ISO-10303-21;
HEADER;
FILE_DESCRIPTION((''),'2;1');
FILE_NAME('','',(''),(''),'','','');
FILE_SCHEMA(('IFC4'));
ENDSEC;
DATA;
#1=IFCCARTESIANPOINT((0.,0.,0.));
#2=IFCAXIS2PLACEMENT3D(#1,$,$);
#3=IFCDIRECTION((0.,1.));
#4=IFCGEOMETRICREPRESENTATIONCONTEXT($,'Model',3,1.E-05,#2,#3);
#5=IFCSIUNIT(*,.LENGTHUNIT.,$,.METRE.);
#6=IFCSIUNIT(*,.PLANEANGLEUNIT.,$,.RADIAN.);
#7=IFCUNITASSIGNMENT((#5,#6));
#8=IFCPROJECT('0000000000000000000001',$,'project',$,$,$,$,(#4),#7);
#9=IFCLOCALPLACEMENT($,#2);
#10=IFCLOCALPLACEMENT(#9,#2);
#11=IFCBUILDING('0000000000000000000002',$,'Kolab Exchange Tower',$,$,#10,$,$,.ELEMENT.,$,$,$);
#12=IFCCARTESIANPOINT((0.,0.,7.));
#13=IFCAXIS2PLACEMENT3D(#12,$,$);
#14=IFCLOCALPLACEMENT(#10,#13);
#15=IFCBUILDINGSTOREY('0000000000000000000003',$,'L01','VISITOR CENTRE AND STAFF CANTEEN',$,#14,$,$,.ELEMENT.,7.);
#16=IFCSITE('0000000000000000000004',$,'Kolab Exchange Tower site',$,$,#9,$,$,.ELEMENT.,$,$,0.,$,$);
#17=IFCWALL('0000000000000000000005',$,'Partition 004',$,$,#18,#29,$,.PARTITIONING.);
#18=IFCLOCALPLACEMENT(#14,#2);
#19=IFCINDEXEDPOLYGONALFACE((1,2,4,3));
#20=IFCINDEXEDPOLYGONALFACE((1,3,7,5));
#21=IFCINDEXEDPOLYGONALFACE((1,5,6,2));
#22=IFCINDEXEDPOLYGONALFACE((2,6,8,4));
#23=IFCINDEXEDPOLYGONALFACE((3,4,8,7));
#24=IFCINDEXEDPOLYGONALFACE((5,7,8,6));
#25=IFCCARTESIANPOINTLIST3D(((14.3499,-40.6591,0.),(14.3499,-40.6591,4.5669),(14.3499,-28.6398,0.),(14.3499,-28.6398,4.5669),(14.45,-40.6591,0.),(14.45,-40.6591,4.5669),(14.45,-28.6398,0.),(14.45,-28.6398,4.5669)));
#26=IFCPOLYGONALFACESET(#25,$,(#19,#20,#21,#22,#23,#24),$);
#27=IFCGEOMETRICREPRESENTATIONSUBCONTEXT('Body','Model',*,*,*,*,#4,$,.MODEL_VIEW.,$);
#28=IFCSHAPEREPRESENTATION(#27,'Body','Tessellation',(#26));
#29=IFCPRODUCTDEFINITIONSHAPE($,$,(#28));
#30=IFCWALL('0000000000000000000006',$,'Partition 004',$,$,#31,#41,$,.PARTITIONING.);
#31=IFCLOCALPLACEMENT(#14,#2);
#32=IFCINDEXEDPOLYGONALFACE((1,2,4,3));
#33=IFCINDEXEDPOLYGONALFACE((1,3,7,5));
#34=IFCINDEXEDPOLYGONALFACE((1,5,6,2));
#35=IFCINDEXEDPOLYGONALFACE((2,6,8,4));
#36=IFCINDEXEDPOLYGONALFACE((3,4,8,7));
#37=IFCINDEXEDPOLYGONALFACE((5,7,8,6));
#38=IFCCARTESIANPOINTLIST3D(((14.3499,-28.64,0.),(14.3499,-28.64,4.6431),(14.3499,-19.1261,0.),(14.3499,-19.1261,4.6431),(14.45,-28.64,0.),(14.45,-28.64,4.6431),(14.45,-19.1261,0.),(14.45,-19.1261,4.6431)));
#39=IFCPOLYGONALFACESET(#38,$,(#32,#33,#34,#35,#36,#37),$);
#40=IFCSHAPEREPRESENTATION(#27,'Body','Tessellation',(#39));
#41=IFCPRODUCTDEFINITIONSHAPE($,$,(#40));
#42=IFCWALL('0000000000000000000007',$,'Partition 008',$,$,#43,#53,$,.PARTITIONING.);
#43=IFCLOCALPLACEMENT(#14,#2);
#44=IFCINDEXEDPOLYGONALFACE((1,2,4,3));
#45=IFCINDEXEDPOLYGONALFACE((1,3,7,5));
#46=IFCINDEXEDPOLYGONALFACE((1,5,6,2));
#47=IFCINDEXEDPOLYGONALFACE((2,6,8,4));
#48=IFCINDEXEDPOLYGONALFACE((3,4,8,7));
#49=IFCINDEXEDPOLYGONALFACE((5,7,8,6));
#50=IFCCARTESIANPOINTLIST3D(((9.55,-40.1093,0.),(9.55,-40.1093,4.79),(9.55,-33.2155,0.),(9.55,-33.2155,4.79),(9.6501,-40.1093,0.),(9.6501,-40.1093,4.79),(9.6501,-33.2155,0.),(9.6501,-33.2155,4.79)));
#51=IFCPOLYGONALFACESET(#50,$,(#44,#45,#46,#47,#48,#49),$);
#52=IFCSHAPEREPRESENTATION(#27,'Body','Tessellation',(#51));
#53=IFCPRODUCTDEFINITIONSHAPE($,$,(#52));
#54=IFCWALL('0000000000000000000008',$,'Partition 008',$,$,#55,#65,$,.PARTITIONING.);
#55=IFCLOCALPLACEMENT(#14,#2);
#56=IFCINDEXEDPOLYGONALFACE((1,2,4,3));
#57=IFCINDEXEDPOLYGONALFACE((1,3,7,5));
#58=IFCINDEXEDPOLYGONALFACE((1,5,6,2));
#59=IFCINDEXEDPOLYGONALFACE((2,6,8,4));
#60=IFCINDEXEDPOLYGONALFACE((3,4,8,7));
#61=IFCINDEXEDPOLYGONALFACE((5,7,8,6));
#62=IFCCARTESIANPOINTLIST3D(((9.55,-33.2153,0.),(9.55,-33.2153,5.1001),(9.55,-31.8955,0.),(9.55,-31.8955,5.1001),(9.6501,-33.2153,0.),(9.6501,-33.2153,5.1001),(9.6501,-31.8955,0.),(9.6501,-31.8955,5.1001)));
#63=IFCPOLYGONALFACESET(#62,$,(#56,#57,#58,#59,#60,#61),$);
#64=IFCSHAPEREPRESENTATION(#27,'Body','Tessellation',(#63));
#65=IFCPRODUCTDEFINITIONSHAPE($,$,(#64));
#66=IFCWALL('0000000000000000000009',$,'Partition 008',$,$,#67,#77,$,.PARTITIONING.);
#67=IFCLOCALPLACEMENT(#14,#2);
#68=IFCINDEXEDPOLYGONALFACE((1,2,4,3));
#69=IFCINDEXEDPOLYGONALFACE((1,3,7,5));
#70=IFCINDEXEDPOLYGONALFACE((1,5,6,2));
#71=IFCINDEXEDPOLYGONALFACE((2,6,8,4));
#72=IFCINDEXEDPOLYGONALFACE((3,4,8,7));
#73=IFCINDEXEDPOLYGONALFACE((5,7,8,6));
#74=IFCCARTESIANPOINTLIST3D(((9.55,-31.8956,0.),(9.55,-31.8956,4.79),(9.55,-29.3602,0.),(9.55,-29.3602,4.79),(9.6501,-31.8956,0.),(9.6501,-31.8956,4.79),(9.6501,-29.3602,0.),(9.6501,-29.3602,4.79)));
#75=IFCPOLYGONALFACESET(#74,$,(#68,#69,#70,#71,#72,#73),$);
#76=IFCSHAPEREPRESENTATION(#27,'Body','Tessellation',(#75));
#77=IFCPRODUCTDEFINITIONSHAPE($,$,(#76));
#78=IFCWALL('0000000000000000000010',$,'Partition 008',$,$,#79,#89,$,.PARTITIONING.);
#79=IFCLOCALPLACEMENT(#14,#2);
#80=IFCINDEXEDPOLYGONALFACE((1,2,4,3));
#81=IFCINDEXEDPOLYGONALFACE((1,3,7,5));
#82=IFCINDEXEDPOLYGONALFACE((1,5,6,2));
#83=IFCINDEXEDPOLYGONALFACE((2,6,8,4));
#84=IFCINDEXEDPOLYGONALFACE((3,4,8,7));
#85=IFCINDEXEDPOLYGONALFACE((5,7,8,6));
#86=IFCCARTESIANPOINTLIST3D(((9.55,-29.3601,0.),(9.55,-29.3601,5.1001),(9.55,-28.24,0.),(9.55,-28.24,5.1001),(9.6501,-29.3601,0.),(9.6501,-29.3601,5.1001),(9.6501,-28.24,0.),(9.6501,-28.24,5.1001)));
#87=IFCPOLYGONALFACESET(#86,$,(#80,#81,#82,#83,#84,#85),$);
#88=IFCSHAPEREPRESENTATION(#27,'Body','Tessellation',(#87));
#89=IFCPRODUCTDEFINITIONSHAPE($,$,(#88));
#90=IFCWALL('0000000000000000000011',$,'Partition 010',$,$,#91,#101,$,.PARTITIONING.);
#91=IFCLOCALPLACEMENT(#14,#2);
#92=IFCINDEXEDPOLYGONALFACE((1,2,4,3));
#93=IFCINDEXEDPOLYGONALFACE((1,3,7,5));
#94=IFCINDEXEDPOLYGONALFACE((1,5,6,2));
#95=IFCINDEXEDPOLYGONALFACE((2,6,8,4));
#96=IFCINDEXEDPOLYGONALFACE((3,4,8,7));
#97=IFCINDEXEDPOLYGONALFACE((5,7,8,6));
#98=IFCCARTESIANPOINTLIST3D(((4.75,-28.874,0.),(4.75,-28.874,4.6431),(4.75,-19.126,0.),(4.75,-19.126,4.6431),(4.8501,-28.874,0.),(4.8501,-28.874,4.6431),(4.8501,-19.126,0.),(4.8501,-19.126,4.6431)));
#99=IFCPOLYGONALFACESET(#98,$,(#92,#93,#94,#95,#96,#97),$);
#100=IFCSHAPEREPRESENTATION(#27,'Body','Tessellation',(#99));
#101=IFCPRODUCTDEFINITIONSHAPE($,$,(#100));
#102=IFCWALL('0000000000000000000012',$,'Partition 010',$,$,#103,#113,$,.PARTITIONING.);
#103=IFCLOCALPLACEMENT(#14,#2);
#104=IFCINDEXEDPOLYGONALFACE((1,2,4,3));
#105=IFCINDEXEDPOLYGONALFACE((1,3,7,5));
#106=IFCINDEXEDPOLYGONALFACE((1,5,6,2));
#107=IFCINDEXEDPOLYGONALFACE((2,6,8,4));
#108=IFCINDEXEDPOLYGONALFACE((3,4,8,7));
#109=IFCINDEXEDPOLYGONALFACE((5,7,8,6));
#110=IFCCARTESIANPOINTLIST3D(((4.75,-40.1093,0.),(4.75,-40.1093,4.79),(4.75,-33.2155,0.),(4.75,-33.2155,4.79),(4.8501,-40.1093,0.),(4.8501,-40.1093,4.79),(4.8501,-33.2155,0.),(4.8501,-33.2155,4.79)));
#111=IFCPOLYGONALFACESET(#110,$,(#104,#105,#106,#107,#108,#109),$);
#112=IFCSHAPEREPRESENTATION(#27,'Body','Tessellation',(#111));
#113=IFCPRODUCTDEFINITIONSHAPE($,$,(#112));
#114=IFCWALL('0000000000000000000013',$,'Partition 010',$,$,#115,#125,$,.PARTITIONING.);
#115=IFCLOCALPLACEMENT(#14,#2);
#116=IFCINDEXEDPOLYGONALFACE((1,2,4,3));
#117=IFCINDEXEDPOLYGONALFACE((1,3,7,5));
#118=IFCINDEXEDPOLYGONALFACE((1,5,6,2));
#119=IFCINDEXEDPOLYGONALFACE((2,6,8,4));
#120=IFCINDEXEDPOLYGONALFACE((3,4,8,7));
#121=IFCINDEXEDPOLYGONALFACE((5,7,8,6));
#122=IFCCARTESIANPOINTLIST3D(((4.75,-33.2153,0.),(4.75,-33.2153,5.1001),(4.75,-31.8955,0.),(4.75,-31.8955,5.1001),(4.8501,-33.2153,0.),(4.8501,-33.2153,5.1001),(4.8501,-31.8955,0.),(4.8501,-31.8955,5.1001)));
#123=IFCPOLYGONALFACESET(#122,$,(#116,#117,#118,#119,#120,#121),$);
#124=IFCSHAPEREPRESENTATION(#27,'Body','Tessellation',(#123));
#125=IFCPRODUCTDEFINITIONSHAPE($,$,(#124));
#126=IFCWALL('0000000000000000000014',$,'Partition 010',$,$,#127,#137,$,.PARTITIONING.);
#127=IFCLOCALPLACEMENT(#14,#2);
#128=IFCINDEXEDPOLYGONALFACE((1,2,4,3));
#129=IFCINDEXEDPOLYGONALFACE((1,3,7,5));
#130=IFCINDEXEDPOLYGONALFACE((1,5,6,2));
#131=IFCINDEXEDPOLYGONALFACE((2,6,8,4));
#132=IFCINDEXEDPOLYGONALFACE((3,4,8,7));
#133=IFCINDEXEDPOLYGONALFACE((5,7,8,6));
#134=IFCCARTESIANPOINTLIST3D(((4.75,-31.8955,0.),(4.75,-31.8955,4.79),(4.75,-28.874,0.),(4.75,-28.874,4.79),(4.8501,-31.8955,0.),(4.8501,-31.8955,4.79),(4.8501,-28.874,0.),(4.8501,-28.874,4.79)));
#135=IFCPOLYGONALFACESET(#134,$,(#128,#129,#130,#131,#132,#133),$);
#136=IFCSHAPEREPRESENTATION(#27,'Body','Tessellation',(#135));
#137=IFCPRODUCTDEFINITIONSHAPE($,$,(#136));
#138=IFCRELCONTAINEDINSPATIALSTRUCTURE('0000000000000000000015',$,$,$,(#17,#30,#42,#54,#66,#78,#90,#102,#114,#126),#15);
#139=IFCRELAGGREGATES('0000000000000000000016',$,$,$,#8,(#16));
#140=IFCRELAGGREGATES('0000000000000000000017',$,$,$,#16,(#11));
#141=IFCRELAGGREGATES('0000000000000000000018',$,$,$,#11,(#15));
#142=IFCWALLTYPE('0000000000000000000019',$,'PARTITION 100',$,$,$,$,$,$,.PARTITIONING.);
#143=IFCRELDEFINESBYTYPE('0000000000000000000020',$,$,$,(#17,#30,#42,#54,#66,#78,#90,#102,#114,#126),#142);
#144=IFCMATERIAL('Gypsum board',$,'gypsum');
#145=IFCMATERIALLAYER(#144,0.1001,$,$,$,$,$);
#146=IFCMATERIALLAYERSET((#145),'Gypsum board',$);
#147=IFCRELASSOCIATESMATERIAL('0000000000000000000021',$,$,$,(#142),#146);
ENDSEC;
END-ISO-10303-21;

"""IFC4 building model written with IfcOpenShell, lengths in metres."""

from ifc_helpers import new_model, si_unit, direction, frame, frame_2d, origin, place, context, subcontext, project, spatial, rectangle, extrude, material, layer, layer_set, type_object, element, save


model = new_model("IFC4")

# Units and contexts
model_context = context("Model", 3, precision=1e-05, world=origin(), true_north=direction((0.0, 1.0)))
body_context = subcontext(model_context, "Body", "Model", "MODEL_VIEW")
ifc_project = project(units=[si_unit("LENGTHUNIT", "METRE"), si_unit("PLANEANGLEUNIT", "RADIAN")], contexts=[model_context])

# Site, building, storey
site_placement = place(None, origin())
site = spatial("IfcSite", under=ifc_project, at=site_placement, Name="Kolab Exchange Tower site", CompositionType="ELEMENT", RefElevation=0.0)
building_placement = place(site_placement, origin())
building = spatial("IfcBuilding", under=site, at=building_placement, Name="Kolab Exchange Tower", CompositionType="ELEMENT")
storey_placement = place(building_placement, frame((0.0, 0.0, 7.0)))
storey = spatial("IfcBuildingStorey", under=building, at=storey_placement, Name="L01", Description="VISITOR CENTRE AND STAFF CANTEEN", CompositionType="ELEMENT", Elevation=7.0)

# Walls
ifc_material_1 = material(Name="Gypsum board", Category="gypsum")
ifc_layer = layer(ifc_material_1, 0.1001)
ifc_layer_set = layer_set([ifc_layer], Name="Gypsum board")
wall_type = type_object("IfcWallType", Name="PARTITION 100", PredefinedType="PARTITIONING", material=ifc_layer_set)
wall_1_placement = place(storey_placement, frame((14.3999, -40.6592, 0.0), z_axis=(0.0, 0.0, 1.0), x_axis=(0.0, 1.0, 0.0)))
element("IfcWall", 1, at=wall_1_placement, inside=storey, type_object=wall_type, Name="Partition 004", PredefinedType="PARTITIONING", context=body_context, shape_type="SweptSolid", body=[
    extrude(rectangle(XDim=12.0193, YDim=0.1001, at=frame_2d((6.0098, 0.0))), origin(), (0.0, 0.0, 1.0), 4.5669),
])
wall_2_placement = place(storey_placement, frame((14.3999, -28.6399, 0.0), z_axis=(0.0, 0.0, 1.0), x_axis=(0.0, 1.0, 0.0)))
element("IfcWall", 2, at=wall_2_placement, inside=storey, type_object=wall_type, Name="Partition 004", PredefinedType="PARTITIONING", context=body_context, shape_type="SweptSolid", body=[
    extrude(rectangle(XDim=9.5139, YDim=0.1001, at=frame_2d((4.7568, 0.0))), origin(), (0.0, 0.0, 1.0), 4.6431),
])
wall_3_placement = place(storey_placement, frame((9.6001, -40.1091, 0.0), z_axis=(0.0, 0.0, 1.0), x_axis=(0.0, 1.0, 0.0)))
element("IfcWall", 3, at=wall_3_placement, inside=storey, type_object=wall_type, Name="Partition 008", PredefinedType="PARTITIONING", context=body_context, shape_type="SweptSolid", body=[
    extrude(rectangle(XDim=6.8938, YDim=0.1001, at=frame_2d((3.4468, 0.0))), origin(), (0.0, 0.0, 1.0), 4.79),
])
wall_4_placement = place(storey_placement, frame((9.6001, -33.2153, 0.0), z_axis=(0.0, 0.0, 1.0), x_axis=(0.0, 1.0, 0.0)))
element("IfcWall", 4, at=wall_4_placement, inside=storey, type_object=wall_type, Name="Partition 008", PredefinedType="PARTITIONING", context=body_context, shape_type="SweptSolid", body=[
    extrude(rectangle(XDim=1.3198, YDim=0.1001, at=frame_2d((0.6599, 0.0))), origin(), (0.0, 0.0, 1.0), 5.1001),
])
wall_5_placement = place(storey_placement, frame((9.6001, -31.8955, 0.0), z_axis=(0.0, 0.0, 1.0), x_axis=(0.0, 1.0, 0.0)))
element("IfcWall", 5, at=wall_5_placement, inside=storey, type_object=wall_type, Name="Partition 008", PredefinedType="PARTITIONING", context=body_context, shape_type="SweptSolid", body=[
    extrude(rectangle(XDim=2.5354, YDim=0.1001, at=frame_2d((1.2676, 0.0))), origin(), (0.0, 0.0, 1.0), 4.79),
])
wall_6_placement = place(storey_placement, frame((9.6001, -29.3601, 0.0), z_axis=(0.0, 0.0, 1.0), x_axis=(0.0, 1.0, 0.0)))
element("IfcWall", 6, at=wall_6_placement, inside=storey, type_object=wall_type, Name="Partition 008", PredefinedType="PARTITIONING", context=body_context, shape_type="SweptSolid", body=[
    extrude(rectangle(XDim=1.1201, YDim=0.1001, at=frame_2d((0.5601, 0.0))), origin(), (0.0, 0.0, 1.0), 5.1001),
])
wall_7_placement = place(storey_placement, frame((4.8, -28.874, 0.0), z_axis=(0.0, 0.0, 1.0), x_axis=(0.0, 1.0, 0.0)))
element("IfcWall", 7, at=wall_7_placement, inside=storey, type_object=wall_type, Name="Partition 010", PredefinedType="PARTITIONING", context=body_context, shape_type="SweptSolid", body=[
    extrude(rectangle(XDim=9.748, YDim=0.1001, at=frame_2d((4.874, 0.0))), origin(), (0.0, 0.0, 1.0), 4.6431),
])
wall_8_placement = place(storey_placement, frame((4.8, -40.1091, 0.0), z_axis=(0.0, 0.0, 1.0), x_axis=(0.0, 1.0, 0.0)))
element("IfcWall", 8, at=wall_8_placement, inside=storey, type_object=wall_type, Name="Partition 010", PredefinedType="PARTITIONING", context=body_context, shape_type="SweptSolid", body=[
    extrude(rectangle(XDim=6.8938, YDim=0.1001, at=frame_2d((3.4468, 0.0))), origin(), (0.0, 0.0, 1.0), 4.79),
])
wall_9_placement = place(storey_placement, frame((4.8, -33.2153, 0.0), z_axis=(0.0, 0.0, 1.0), x_axis=(0.0, 1.0, 0.0)))
element("IfcWall", 9, at=wall_9_placement, inside=storey, type_object=wall_type, Name="Partition 010", PredefinedType="PARTITIONING", context=body_context, shape_type="SweptSolid", body=[
    extrude(rectangle(XDim=1.3198, YDim=0.1001, at=frame_2d((0.6599, 0.0))), origin(), (0.0, 0.0, 1.0), 5.1001),
])
wall_10_placement = place(storey_placement, frame((4.8, -31.8955, 0.0), z_axis=(0.0, 0.0, 1.0), x_axis=(0.0, 1.0, 0.0)))
element("IfcWall", 10, at=wall_10_placement, inside=storey, type_object=wall_type, Name="Partition 010", PredefinedType="PARTITIONING", context=body_context, shape_type="SweptSolid", body=[
    extrude(rectangle(XDim=3.0215, YDim=0.1001, at=frame_2d((1.5107, 0.0))), origin(), (0.0, 0.0, 1.0), 4.79),
])

save(model, "model.ifc")
